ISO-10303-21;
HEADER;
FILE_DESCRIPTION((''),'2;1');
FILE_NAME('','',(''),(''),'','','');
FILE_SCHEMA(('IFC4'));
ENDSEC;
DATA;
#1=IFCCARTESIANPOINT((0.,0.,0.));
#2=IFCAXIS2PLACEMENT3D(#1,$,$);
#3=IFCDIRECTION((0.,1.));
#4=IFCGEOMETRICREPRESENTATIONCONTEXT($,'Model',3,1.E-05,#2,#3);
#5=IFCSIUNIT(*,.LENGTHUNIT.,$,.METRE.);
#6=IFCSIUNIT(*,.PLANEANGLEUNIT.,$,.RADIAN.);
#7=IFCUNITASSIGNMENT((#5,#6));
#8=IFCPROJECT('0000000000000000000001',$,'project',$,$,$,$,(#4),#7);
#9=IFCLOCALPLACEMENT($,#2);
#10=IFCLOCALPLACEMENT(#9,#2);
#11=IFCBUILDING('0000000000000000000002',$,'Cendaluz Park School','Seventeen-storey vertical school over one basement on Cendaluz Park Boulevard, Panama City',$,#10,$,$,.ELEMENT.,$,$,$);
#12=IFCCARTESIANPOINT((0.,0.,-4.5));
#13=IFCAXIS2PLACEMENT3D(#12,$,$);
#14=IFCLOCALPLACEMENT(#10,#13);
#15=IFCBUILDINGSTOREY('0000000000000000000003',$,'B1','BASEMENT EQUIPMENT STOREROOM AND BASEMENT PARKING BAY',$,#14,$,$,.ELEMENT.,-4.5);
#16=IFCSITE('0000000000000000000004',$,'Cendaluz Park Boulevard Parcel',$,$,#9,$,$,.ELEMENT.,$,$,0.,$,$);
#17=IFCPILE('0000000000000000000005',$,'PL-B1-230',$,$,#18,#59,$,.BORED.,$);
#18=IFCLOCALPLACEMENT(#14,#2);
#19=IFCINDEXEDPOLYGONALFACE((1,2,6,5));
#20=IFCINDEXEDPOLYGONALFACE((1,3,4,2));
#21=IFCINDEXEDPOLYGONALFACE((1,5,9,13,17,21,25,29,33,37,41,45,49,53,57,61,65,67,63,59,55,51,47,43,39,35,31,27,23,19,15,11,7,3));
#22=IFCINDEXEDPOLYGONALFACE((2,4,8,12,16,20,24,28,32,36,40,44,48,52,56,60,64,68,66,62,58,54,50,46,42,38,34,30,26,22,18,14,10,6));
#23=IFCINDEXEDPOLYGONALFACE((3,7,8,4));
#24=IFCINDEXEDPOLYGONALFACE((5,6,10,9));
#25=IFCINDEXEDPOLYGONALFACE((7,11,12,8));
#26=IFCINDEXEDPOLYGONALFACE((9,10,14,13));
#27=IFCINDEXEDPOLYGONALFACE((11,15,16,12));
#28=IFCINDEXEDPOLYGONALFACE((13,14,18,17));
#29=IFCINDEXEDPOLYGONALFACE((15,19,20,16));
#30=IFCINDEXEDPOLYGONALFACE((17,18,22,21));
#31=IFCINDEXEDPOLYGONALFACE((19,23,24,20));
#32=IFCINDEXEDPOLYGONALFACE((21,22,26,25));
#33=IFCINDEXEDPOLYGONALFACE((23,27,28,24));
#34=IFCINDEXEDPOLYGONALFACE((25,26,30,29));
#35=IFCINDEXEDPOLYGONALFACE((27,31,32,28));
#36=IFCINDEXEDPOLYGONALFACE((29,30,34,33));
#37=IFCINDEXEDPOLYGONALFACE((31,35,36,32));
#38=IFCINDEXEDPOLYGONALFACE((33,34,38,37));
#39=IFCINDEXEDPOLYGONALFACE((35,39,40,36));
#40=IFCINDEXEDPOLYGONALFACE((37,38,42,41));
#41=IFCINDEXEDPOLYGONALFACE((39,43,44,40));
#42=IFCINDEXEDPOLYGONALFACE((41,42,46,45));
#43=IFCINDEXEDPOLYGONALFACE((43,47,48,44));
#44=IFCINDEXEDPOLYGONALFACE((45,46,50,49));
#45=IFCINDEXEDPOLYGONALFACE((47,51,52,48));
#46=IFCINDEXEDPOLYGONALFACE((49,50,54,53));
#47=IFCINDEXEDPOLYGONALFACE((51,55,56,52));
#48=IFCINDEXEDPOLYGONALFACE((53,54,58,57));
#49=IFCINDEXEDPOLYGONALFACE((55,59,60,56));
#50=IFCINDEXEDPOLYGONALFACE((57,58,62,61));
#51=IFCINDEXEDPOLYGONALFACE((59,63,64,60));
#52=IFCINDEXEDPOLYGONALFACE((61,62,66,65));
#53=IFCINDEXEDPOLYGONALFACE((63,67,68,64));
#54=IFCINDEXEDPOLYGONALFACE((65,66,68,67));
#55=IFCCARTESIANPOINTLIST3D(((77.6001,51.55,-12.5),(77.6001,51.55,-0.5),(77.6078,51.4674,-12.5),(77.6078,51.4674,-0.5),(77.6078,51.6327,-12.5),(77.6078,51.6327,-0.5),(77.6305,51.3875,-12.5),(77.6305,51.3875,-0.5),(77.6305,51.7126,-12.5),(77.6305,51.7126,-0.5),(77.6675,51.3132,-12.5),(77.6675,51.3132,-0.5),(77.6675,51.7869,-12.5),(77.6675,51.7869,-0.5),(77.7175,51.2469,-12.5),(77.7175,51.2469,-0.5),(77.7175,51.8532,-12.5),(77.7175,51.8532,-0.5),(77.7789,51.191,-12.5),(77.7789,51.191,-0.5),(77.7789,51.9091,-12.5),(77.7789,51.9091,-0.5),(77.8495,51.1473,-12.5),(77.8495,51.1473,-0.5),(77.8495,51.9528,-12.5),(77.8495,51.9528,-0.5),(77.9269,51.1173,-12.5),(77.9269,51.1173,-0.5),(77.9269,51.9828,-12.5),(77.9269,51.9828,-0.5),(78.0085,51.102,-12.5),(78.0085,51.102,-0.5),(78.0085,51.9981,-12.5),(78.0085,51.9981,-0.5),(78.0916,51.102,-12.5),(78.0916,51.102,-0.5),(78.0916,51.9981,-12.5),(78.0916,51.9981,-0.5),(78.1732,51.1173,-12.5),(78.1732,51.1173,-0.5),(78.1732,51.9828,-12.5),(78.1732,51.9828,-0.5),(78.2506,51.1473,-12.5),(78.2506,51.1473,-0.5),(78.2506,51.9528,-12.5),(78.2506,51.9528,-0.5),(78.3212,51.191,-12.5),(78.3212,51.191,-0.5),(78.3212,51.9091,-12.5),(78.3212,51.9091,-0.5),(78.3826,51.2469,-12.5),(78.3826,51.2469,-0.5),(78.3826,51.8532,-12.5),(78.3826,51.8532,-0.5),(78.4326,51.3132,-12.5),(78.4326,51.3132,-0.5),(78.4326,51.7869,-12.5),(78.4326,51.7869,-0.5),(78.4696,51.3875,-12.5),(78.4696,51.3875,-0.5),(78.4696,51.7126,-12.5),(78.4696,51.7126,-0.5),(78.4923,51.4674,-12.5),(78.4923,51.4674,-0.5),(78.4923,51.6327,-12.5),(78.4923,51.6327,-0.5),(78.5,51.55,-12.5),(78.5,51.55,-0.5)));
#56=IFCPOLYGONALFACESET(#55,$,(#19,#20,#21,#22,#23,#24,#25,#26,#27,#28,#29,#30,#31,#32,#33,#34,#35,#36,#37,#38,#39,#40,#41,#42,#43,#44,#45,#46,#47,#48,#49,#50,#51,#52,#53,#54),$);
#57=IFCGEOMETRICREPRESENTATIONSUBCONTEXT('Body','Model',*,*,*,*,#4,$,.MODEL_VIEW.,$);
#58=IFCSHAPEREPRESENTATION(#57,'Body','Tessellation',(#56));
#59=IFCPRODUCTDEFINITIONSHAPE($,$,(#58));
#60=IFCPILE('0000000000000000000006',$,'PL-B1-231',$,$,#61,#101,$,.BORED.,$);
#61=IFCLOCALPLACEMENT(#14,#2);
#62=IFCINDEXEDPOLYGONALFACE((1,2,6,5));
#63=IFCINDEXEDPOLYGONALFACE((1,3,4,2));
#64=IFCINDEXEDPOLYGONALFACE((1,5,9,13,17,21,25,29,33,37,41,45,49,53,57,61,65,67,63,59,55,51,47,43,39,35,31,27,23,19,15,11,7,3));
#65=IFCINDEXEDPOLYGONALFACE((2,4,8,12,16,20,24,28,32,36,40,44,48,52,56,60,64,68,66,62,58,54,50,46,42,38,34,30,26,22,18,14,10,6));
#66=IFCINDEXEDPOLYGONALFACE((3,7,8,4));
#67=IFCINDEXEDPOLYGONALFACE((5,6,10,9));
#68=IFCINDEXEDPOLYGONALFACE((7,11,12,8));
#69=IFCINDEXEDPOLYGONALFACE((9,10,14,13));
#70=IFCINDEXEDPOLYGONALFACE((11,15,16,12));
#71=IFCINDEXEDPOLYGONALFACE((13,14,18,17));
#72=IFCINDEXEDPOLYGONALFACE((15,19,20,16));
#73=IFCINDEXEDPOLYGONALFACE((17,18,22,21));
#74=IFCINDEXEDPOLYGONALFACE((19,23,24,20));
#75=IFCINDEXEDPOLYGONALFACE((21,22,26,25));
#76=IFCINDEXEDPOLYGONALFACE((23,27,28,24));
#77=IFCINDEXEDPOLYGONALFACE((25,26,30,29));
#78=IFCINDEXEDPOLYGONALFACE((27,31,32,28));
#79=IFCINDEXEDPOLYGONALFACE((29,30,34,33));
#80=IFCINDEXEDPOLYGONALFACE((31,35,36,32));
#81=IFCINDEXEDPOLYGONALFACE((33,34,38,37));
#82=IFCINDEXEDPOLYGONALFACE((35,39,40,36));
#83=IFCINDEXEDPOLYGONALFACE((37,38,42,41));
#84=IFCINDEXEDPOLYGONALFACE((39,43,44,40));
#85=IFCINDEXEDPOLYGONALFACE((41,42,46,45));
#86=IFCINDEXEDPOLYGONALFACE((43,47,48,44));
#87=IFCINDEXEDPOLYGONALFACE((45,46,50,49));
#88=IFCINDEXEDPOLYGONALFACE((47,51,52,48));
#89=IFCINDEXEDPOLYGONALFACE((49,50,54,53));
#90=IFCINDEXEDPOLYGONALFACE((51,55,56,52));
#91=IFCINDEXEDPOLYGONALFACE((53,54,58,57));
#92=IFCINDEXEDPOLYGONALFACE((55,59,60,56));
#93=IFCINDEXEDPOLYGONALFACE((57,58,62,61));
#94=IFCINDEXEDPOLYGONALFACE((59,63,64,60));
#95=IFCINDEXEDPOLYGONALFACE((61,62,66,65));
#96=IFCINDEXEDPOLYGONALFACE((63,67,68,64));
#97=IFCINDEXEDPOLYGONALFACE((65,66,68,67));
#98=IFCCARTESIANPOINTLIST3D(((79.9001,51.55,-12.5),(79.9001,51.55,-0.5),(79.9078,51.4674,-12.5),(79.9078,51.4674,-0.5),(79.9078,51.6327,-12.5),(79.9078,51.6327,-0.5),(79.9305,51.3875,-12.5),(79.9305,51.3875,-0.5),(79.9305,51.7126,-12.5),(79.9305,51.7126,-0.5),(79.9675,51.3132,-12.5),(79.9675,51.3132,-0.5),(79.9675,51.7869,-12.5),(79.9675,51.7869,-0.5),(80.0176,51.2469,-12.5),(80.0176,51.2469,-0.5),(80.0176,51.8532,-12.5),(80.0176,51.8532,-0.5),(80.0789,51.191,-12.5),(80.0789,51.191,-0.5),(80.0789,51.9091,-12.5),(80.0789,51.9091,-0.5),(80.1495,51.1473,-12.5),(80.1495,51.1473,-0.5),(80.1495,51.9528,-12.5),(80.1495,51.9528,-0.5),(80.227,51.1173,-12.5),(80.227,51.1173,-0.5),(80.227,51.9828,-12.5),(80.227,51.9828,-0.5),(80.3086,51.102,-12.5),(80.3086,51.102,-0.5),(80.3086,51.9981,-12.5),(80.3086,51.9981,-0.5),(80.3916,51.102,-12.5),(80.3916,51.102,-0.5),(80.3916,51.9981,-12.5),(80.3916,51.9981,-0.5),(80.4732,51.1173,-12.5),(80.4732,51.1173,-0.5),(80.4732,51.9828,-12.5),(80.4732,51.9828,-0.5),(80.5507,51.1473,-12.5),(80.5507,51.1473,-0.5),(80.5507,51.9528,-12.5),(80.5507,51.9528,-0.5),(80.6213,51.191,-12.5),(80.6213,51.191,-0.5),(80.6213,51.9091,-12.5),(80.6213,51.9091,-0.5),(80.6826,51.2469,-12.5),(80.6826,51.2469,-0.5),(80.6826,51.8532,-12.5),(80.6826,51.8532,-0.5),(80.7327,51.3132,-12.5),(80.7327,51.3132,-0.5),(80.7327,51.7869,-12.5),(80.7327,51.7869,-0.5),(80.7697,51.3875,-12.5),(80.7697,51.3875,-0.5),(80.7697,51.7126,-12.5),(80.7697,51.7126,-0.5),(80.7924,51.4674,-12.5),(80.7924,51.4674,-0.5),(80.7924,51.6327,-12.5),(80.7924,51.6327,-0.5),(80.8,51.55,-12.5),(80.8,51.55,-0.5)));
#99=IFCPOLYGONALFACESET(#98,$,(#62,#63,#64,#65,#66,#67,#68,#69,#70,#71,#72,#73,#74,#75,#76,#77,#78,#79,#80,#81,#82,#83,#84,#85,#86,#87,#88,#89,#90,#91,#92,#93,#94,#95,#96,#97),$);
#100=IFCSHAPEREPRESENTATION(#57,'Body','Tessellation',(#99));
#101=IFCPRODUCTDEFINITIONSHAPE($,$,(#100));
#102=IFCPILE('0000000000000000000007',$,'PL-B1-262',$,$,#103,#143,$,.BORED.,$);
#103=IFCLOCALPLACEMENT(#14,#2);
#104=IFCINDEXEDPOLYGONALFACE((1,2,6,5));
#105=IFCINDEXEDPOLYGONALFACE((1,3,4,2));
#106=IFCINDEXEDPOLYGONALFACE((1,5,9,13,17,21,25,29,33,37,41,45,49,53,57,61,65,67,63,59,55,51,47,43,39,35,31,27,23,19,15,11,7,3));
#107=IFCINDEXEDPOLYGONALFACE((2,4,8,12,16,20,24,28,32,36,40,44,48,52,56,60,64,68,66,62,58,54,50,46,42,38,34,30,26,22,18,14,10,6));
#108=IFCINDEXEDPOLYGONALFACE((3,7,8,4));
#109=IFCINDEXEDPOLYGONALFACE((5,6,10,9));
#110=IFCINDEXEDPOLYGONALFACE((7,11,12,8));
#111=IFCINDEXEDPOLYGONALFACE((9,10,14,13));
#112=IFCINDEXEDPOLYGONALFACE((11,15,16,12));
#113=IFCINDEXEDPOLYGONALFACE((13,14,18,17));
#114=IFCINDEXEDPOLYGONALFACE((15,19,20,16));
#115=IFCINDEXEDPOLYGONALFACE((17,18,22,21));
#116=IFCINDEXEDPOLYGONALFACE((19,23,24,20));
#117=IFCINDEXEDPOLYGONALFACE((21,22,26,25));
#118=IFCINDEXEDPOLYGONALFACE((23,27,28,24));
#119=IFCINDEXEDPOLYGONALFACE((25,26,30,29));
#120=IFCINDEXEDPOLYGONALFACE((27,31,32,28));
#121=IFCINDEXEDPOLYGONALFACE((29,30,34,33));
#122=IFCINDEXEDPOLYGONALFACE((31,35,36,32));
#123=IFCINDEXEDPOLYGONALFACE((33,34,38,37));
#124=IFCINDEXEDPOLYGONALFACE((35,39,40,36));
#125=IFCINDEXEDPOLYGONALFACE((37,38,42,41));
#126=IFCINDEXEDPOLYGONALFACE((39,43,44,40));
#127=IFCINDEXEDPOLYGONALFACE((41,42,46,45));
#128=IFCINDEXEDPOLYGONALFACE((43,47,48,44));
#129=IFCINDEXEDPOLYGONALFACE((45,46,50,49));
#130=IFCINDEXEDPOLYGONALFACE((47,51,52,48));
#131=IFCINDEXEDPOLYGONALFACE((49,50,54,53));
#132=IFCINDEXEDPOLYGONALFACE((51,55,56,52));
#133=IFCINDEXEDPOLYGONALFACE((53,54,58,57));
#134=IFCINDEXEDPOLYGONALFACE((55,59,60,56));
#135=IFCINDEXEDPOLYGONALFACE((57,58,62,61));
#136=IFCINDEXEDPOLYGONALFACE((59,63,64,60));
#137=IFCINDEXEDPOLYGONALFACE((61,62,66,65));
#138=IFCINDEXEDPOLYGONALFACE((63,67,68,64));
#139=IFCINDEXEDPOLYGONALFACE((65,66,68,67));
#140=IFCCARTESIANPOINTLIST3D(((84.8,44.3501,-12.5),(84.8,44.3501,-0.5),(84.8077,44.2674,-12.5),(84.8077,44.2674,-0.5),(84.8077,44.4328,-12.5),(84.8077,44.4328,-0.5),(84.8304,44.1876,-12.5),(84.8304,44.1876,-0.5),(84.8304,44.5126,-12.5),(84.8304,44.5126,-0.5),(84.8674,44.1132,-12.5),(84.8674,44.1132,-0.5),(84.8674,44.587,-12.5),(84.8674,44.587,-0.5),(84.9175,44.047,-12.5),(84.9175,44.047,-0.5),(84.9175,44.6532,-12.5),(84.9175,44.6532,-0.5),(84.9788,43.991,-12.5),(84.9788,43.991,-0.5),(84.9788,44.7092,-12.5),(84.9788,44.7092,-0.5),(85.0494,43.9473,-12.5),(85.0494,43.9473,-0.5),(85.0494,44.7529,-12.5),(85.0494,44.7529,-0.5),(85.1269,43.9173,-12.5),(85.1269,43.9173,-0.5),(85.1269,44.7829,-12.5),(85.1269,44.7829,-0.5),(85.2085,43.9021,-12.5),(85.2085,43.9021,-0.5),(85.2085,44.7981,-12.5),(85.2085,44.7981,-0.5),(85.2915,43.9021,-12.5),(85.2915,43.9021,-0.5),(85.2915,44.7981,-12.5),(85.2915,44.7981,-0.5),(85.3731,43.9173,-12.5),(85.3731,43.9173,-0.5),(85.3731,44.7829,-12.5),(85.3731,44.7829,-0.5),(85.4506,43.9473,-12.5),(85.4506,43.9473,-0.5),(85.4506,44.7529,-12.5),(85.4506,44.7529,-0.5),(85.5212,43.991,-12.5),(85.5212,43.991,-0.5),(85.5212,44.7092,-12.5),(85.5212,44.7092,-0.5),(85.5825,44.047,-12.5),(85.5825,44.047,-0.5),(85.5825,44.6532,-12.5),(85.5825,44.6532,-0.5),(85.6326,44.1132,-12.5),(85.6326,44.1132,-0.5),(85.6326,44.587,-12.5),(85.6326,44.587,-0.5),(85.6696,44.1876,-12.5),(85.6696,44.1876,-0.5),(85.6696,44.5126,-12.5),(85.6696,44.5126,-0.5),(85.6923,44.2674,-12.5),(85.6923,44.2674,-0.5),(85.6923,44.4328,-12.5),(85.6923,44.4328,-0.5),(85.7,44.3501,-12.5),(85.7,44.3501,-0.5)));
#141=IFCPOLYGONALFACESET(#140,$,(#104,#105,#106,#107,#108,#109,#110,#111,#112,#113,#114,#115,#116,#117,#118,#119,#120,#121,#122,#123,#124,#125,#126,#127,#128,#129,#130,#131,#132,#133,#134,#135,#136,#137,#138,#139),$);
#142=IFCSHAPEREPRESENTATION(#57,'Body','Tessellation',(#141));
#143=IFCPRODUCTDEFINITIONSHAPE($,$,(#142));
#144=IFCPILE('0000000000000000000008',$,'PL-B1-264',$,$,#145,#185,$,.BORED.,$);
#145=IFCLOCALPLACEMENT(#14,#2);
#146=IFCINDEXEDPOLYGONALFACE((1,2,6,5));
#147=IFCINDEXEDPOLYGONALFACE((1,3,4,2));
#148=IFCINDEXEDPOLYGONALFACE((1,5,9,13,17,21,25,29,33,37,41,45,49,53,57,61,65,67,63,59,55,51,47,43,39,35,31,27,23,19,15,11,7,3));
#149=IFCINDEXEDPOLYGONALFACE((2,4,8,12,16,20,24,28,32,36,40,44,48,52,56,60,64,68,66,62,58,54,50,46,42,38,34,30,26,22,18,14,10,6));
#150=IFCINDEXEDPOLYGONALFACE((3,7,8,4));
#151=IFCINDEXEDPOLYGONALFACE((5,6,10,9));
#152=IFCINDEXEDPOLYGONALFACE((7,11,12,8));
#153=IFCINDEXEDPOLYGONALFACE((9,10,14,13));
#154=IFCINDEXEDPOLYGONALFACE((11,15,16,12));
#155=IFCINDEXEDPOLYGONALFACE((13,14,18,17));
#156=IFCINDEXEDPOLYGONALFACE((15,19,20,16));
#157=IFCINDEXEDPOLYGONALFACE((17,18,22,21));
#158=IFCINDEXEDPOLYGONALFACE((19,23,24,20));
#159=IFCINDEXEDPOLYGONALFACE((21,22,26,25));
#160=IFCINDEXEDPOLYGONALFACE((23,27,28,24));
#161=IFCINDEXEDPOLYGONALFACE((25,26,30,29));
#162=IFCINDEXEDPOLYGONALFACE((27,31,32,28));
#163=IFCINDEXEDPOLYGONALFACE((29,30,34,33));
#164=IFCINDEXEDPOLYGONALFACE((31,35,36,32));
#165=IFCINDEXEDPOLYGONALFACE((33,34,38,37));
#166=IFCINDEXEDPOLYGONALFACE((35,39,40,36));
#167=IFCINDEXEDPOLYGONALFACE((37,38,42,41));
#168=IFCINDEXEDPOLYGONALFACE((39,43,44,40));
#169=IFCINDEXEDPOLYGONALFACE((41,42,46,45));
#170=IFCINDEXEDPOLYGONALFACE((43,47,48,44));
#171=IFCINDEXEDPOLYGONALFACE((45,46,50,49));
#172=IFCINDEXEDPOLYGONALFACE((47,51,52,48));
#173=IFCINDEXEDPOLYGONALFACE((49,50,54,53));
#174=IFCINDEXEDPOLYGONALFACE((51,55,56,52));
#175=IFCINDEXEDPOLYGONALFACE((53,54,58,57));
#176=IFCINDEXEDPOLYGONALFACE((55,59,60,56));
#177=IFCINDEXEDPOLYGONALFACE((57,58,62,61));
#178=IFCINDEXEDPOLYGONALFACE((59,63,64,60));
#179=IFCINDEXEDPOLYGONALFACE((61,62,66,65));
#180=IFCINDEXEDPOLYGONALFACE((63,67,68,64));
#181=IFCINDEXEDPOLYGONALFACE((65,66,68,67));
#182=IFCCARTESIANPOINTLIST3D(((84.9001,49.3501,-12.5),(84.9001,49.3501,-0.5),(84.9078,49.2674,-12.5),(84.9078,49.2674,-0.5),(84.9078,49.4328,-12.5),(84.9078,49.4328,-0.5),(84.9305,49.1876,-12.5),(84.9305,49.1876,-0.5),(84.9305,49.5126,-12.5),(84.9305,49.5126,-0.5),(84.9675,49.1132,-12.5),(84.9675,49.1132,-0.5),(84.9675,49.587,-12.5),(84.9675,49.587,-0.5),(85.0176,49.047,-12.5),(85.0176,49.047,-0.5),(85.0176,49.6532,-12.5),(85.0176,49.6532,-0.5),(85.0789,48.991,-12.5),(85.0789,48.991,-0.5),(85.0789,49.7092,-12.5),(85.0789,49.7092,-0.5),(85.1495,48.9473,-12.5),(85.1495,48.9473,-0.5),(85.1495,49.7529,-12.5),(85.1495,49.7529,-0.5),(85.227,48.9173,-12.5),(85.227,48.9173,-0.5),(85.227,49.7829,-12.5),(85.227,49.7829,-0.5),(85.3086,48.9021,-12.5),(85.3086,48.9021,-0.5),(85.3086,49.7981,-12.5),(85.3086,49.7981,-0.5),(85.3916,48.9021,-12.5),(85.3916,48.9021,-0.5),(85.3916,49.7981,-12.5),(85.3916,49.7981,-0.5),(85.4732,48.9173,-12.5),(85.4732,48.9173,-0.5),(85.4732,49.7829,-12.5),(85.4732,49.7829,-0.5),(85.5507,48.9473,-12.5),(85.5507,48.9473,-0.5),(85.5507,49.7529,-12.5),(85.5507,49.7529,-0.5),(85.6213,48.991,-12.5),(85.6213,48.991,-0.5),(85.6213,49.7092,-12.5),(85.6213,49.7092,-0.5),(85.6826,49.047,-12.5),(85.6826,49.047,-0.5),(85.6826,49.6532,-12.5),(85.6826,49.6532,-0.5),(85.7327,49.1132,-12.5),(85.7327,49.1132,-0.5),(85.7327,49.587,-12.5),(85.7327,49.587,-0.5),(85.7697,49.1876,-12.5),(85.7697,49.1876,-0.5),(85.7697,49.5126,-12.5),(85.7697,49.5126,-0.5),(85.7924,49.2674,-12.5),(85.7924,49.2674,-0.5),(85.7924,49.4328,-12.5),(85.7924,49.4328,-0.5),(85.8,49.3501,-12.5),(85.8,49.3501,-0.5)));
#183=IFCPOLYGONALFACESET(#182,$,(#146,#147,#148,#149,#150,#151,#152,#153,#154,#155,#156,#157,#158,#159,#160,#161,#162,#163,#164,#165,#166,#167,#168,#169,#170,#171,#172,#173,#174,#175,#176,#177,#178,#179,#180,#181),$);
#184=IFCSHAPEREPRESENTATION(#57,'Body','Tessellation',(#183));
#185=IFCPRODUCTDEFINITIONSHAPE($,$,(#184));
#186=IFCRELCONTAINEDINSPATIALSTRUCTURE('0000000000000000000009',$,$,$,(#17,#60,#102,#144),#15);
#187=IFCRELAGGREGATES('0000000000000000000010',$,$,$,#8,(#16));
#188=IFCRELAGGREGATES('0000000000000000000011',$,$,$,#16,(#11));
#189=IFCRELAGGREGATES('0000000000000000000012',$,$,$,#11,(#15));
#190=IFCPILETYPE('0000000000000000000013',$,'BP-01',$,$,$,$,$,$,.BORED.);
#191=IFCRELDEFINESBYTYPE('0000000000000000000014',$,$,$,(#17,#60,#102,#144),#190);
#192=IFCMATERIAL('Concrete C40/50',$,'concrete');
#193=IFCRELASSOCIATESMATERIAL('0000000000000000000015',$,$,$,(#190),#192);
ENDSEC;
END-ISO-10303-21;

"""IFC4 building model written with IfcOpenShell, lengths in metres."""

from ifc_helpers import new_model, si_unit, direction, frame, origin, origin_2d, place, context, subcontext, project, spatial, circle, extrude, material, material_profile, profile_set, type_object, element, save


model = new_model("IFC4")

# Units and contexts
model_context = context("Model", 3, precision=1e-05, world=origin(), true_north=direction((0.0, 1.0)))
body_context = subcontext(model_context, "Body", "Model", "MODEL_VIEW")
ifc_project = project(units=[si_unit("LENGTHUNIT", "METRE"), si_unit("PLANEANGLEUNIT", "RADIAN")], contexts=[model_context])

# Site, building, storey
site_placement = place(None, origin())
site = spatial("IfcSite", under=ifc_project, at=site_placement, Name="Cendaluz Park Boulevard Parcel", CompositionType="ELEMENT", RefElevation=0.0)
building_placement = place(site_placement, origin())
building = spatial("IfcBuilding", under=site, at=building_placement, Name="Cendaluz Park School", Description="Seventeen-storey vertical school over one basement on Cendaluz Park Boulevard, Panama City", CompositionType="ELEMENT")
storey_placement = place(building_placement, frame((0.0, 0.0, -4.5)))
storey = spatial("IfcBuildingStorey", under=building, at=storey_placement, Name="B1", Description="BASEMENT EQUIPMENT STOREROOM AND BASEMENT PARKING BAY", CompositionType="ELEMENT", Elevation=-4.5)

# Piles
ifc_material_1 = material(Name="Concrete C40/50", Category="concrete")
ifc_material_profile_1 = material_profile(ifc_material_1, circle(Radius=0.45, at=origin_2d()), Name="BP D900", Category="concrete")
ifc_profile_set_1 = profile_set([ifc_material_profile_1], Name="Concrete C40/50")
pile_type = type_object("IfcPileType", Name="BP-01", PredefinedType="BORED", material=ifc_profile_set_1)
for number, where, z_axis, x_axis, name in (
    (1, (78.05, 51.55, -0.5), (0.0, 0.0, -1.0), (1.0, 0.0, 0.0), "PL-B1-230"),
    (2, (80.3501, 51.55, -0.5), (0.0, 0.0, -1.0), (1.0, 0.0, 0.0), "PL-B1-231"),
    (3, (85.25, 44.3501, -0.5), (0.0, 0.0, -1.0), (1.0, 0.0, 0.0), "PL-B1-262"),
    (4, (85.3501, 49.3501, -0.5), (0.0, 0.0, -1.0), (1.0, 0.0, 0.0), "PL-B1-264"),
):
    element("IfcPile", number, at=place(storey_placement, frame(where, z_axis=z_axis, x_axis=x_axis)), inside=storey, type_object=pile_type, Name=name, PredefinedType="BORED", context=body_context, shape_type="SweptSolid", body=[
        extrude(circle(Radius=0.45, at=origin_2d()), origin(), (0.0, 0.0, 1.0), 12.0),
    ])

save(model, "model.ifc")
